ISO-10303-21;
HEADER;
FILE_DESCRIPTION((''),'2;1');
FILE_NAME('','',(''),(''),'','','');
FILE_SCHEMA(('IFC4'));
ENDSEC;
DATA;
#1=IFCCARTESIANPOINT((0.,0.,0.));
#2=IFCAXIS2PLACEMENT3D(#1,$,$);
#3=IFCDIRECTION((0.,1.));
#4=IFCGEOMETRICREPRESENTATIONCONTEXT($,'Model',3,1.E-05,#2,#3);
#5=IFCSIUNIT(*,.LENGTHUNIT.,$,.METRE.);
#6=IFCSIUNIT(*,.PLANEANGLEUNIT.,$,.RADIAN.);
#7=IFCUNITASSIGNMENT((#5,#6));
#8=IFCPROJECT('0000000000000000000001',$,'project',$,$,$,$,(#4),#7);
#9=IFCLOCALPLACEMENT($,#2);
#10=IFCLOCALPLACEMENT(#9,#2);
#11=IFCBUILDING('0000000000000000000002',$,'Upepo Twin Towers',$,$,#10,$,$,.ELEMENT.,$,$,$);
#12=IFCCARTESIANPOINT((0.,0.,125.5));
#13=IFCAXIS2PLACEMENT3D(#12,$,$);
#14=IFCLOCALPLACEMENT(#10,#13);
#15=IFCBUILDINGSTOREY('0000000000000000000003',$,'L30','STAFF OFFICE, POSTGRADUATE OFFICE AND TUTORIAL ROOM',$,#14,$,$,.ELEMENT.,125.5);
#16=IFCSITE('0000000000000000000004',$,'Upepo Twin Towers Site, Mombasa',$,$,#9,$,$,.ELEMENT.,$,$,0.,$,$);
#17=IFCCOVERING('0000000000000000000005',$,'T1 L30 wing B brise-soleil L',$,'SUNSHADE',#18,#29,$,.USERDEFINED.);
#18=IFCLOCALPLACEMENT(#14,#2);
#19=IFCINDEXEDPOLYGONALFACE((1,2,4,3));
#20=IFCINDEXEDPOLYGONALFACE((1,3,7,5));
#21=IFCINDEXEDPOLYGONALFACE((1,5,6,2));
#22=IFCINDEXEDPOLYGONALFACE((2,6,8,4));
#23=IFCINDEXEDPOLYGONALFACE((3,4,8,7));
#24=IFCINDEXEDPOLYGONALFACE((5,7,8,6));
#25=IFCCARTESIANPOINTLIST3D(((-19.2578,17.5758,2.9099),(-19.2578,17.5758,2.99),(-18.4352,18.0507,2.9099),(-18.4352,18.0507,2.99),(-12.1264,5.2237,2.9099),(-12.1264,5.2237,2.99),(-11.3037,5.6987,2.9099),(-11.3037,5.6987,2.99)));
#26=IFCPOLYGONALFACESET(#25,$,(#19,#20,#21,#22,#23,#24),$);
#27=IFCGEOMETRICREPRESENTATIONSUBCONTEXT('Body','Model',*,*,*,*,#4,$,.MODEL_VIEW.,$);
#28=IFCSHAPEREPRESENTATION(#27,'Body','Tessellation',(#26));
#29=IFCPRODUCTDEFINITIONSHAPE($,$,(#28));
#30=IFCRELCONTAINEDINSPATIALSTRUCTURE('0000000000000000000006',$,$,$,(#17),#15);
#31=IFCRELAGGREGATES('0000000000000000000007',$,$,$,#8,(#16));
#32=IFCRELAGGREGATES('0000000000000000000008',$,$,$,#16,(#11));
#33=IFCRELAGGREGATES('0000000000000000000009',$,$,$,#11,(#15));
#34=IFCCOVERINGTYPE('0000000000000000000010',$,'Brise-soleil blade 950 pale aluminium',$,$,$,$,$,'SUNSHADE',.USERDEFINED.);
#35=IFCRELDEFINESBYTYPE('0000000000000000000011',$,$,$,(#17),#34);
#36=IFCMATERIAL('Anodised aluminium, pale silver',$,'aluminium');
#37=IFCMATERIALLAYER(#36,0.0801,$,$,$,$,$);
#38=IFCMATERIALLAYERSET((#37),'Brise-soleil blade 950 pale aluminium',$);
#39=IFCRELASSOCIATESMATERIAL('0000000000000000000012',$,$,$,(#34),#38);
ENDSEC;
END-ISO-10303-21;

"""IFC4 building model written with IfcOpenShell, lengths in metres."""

from ifc_helpers import new_model, si_unit, direction, frame, origin, origin_2d, place, context, subcontext, project, spatial, rectangle, extrude, material, layer, layer_set, type_object, element, save


model = new_model("IFC4")

# Units and contexts
model_context = context("Model", 3, precision=1e-05, world=origin(), true_north=direction((0.0, 1.0)))
body_context = subcontext(model_context, "Body", "Model", "MODEL_VIEW")
ifc_project = project(units=[si_unit("LENGTHUNIT", "METRE"), si_unit("PLANEANGLEUNIT", "RADIAN")], contexts=[model_context])

# Site, building, storey
site_placement = place(None, origin())
site = spatial("IfcSite", under=ifc_project, at=site_placement, Name="Upepo Twin Towers Site, Mombasa", CompositionType="ELEMENT", RefElevation=0.0)
building_placement = place(site_placement, origin())
building = spatial("IfcBuilding", under=site, at=building_placement, Name="Upepo Twin Towers", CompositionType="ELEMENT")
storey_placement = place(building_placement, frame((0.0, 0.0, 125.5)))
storey = spatial("IfcBuildingStorey", under=building, at=storey_placement, Name="L30", Description="STAFF OFFICE, POSTGRADUATE OFFICE AND TUTORIAL ROOM", CompositionType="ELEMENT", Elevation=125.5)

# Covering
ifc_material_1 = material(Name="Anodised aluminium, pale silver", Category="aluminium")
ifc_layer_1 = layer(ifc_material_1, 0.0801)
ifc_layer_set_1 = layer_set([ifc_layer_1], Name="Brise-soleil blade 950 pale aluminium")
covering_type = type_object("IfcCoveringType", Name="Brise-soleil blade 950 pale aluminium", ElementType="SUNSHADE", PredefinedType="USERDEFINED", material=ifc_layer_set_1)
covering_placement = place(storey_placement, frame((-15.2808, 11.6372, 2.9099), z_axis=(0.0, 0.0, 1.0), x_axis=(-0.5, 0.866025, 0.0)))
element("IfcCovering", 1, at=covering_placement, inside=storey, type_object=covering_type, Name="T1 L30 wing B brise-soleil L", ObjectType="SUNSHADE", PredefinedType="USERDEFINED", context=body_context, shape_type="SweptSolid", body=[
    extrude(rectangle(XDim=14.2629, YDim=0.95, at=origin_2d()), origin(), (0.0, 0.0, 1.0), 0.0801),
])

save(model, "model.ifc")
